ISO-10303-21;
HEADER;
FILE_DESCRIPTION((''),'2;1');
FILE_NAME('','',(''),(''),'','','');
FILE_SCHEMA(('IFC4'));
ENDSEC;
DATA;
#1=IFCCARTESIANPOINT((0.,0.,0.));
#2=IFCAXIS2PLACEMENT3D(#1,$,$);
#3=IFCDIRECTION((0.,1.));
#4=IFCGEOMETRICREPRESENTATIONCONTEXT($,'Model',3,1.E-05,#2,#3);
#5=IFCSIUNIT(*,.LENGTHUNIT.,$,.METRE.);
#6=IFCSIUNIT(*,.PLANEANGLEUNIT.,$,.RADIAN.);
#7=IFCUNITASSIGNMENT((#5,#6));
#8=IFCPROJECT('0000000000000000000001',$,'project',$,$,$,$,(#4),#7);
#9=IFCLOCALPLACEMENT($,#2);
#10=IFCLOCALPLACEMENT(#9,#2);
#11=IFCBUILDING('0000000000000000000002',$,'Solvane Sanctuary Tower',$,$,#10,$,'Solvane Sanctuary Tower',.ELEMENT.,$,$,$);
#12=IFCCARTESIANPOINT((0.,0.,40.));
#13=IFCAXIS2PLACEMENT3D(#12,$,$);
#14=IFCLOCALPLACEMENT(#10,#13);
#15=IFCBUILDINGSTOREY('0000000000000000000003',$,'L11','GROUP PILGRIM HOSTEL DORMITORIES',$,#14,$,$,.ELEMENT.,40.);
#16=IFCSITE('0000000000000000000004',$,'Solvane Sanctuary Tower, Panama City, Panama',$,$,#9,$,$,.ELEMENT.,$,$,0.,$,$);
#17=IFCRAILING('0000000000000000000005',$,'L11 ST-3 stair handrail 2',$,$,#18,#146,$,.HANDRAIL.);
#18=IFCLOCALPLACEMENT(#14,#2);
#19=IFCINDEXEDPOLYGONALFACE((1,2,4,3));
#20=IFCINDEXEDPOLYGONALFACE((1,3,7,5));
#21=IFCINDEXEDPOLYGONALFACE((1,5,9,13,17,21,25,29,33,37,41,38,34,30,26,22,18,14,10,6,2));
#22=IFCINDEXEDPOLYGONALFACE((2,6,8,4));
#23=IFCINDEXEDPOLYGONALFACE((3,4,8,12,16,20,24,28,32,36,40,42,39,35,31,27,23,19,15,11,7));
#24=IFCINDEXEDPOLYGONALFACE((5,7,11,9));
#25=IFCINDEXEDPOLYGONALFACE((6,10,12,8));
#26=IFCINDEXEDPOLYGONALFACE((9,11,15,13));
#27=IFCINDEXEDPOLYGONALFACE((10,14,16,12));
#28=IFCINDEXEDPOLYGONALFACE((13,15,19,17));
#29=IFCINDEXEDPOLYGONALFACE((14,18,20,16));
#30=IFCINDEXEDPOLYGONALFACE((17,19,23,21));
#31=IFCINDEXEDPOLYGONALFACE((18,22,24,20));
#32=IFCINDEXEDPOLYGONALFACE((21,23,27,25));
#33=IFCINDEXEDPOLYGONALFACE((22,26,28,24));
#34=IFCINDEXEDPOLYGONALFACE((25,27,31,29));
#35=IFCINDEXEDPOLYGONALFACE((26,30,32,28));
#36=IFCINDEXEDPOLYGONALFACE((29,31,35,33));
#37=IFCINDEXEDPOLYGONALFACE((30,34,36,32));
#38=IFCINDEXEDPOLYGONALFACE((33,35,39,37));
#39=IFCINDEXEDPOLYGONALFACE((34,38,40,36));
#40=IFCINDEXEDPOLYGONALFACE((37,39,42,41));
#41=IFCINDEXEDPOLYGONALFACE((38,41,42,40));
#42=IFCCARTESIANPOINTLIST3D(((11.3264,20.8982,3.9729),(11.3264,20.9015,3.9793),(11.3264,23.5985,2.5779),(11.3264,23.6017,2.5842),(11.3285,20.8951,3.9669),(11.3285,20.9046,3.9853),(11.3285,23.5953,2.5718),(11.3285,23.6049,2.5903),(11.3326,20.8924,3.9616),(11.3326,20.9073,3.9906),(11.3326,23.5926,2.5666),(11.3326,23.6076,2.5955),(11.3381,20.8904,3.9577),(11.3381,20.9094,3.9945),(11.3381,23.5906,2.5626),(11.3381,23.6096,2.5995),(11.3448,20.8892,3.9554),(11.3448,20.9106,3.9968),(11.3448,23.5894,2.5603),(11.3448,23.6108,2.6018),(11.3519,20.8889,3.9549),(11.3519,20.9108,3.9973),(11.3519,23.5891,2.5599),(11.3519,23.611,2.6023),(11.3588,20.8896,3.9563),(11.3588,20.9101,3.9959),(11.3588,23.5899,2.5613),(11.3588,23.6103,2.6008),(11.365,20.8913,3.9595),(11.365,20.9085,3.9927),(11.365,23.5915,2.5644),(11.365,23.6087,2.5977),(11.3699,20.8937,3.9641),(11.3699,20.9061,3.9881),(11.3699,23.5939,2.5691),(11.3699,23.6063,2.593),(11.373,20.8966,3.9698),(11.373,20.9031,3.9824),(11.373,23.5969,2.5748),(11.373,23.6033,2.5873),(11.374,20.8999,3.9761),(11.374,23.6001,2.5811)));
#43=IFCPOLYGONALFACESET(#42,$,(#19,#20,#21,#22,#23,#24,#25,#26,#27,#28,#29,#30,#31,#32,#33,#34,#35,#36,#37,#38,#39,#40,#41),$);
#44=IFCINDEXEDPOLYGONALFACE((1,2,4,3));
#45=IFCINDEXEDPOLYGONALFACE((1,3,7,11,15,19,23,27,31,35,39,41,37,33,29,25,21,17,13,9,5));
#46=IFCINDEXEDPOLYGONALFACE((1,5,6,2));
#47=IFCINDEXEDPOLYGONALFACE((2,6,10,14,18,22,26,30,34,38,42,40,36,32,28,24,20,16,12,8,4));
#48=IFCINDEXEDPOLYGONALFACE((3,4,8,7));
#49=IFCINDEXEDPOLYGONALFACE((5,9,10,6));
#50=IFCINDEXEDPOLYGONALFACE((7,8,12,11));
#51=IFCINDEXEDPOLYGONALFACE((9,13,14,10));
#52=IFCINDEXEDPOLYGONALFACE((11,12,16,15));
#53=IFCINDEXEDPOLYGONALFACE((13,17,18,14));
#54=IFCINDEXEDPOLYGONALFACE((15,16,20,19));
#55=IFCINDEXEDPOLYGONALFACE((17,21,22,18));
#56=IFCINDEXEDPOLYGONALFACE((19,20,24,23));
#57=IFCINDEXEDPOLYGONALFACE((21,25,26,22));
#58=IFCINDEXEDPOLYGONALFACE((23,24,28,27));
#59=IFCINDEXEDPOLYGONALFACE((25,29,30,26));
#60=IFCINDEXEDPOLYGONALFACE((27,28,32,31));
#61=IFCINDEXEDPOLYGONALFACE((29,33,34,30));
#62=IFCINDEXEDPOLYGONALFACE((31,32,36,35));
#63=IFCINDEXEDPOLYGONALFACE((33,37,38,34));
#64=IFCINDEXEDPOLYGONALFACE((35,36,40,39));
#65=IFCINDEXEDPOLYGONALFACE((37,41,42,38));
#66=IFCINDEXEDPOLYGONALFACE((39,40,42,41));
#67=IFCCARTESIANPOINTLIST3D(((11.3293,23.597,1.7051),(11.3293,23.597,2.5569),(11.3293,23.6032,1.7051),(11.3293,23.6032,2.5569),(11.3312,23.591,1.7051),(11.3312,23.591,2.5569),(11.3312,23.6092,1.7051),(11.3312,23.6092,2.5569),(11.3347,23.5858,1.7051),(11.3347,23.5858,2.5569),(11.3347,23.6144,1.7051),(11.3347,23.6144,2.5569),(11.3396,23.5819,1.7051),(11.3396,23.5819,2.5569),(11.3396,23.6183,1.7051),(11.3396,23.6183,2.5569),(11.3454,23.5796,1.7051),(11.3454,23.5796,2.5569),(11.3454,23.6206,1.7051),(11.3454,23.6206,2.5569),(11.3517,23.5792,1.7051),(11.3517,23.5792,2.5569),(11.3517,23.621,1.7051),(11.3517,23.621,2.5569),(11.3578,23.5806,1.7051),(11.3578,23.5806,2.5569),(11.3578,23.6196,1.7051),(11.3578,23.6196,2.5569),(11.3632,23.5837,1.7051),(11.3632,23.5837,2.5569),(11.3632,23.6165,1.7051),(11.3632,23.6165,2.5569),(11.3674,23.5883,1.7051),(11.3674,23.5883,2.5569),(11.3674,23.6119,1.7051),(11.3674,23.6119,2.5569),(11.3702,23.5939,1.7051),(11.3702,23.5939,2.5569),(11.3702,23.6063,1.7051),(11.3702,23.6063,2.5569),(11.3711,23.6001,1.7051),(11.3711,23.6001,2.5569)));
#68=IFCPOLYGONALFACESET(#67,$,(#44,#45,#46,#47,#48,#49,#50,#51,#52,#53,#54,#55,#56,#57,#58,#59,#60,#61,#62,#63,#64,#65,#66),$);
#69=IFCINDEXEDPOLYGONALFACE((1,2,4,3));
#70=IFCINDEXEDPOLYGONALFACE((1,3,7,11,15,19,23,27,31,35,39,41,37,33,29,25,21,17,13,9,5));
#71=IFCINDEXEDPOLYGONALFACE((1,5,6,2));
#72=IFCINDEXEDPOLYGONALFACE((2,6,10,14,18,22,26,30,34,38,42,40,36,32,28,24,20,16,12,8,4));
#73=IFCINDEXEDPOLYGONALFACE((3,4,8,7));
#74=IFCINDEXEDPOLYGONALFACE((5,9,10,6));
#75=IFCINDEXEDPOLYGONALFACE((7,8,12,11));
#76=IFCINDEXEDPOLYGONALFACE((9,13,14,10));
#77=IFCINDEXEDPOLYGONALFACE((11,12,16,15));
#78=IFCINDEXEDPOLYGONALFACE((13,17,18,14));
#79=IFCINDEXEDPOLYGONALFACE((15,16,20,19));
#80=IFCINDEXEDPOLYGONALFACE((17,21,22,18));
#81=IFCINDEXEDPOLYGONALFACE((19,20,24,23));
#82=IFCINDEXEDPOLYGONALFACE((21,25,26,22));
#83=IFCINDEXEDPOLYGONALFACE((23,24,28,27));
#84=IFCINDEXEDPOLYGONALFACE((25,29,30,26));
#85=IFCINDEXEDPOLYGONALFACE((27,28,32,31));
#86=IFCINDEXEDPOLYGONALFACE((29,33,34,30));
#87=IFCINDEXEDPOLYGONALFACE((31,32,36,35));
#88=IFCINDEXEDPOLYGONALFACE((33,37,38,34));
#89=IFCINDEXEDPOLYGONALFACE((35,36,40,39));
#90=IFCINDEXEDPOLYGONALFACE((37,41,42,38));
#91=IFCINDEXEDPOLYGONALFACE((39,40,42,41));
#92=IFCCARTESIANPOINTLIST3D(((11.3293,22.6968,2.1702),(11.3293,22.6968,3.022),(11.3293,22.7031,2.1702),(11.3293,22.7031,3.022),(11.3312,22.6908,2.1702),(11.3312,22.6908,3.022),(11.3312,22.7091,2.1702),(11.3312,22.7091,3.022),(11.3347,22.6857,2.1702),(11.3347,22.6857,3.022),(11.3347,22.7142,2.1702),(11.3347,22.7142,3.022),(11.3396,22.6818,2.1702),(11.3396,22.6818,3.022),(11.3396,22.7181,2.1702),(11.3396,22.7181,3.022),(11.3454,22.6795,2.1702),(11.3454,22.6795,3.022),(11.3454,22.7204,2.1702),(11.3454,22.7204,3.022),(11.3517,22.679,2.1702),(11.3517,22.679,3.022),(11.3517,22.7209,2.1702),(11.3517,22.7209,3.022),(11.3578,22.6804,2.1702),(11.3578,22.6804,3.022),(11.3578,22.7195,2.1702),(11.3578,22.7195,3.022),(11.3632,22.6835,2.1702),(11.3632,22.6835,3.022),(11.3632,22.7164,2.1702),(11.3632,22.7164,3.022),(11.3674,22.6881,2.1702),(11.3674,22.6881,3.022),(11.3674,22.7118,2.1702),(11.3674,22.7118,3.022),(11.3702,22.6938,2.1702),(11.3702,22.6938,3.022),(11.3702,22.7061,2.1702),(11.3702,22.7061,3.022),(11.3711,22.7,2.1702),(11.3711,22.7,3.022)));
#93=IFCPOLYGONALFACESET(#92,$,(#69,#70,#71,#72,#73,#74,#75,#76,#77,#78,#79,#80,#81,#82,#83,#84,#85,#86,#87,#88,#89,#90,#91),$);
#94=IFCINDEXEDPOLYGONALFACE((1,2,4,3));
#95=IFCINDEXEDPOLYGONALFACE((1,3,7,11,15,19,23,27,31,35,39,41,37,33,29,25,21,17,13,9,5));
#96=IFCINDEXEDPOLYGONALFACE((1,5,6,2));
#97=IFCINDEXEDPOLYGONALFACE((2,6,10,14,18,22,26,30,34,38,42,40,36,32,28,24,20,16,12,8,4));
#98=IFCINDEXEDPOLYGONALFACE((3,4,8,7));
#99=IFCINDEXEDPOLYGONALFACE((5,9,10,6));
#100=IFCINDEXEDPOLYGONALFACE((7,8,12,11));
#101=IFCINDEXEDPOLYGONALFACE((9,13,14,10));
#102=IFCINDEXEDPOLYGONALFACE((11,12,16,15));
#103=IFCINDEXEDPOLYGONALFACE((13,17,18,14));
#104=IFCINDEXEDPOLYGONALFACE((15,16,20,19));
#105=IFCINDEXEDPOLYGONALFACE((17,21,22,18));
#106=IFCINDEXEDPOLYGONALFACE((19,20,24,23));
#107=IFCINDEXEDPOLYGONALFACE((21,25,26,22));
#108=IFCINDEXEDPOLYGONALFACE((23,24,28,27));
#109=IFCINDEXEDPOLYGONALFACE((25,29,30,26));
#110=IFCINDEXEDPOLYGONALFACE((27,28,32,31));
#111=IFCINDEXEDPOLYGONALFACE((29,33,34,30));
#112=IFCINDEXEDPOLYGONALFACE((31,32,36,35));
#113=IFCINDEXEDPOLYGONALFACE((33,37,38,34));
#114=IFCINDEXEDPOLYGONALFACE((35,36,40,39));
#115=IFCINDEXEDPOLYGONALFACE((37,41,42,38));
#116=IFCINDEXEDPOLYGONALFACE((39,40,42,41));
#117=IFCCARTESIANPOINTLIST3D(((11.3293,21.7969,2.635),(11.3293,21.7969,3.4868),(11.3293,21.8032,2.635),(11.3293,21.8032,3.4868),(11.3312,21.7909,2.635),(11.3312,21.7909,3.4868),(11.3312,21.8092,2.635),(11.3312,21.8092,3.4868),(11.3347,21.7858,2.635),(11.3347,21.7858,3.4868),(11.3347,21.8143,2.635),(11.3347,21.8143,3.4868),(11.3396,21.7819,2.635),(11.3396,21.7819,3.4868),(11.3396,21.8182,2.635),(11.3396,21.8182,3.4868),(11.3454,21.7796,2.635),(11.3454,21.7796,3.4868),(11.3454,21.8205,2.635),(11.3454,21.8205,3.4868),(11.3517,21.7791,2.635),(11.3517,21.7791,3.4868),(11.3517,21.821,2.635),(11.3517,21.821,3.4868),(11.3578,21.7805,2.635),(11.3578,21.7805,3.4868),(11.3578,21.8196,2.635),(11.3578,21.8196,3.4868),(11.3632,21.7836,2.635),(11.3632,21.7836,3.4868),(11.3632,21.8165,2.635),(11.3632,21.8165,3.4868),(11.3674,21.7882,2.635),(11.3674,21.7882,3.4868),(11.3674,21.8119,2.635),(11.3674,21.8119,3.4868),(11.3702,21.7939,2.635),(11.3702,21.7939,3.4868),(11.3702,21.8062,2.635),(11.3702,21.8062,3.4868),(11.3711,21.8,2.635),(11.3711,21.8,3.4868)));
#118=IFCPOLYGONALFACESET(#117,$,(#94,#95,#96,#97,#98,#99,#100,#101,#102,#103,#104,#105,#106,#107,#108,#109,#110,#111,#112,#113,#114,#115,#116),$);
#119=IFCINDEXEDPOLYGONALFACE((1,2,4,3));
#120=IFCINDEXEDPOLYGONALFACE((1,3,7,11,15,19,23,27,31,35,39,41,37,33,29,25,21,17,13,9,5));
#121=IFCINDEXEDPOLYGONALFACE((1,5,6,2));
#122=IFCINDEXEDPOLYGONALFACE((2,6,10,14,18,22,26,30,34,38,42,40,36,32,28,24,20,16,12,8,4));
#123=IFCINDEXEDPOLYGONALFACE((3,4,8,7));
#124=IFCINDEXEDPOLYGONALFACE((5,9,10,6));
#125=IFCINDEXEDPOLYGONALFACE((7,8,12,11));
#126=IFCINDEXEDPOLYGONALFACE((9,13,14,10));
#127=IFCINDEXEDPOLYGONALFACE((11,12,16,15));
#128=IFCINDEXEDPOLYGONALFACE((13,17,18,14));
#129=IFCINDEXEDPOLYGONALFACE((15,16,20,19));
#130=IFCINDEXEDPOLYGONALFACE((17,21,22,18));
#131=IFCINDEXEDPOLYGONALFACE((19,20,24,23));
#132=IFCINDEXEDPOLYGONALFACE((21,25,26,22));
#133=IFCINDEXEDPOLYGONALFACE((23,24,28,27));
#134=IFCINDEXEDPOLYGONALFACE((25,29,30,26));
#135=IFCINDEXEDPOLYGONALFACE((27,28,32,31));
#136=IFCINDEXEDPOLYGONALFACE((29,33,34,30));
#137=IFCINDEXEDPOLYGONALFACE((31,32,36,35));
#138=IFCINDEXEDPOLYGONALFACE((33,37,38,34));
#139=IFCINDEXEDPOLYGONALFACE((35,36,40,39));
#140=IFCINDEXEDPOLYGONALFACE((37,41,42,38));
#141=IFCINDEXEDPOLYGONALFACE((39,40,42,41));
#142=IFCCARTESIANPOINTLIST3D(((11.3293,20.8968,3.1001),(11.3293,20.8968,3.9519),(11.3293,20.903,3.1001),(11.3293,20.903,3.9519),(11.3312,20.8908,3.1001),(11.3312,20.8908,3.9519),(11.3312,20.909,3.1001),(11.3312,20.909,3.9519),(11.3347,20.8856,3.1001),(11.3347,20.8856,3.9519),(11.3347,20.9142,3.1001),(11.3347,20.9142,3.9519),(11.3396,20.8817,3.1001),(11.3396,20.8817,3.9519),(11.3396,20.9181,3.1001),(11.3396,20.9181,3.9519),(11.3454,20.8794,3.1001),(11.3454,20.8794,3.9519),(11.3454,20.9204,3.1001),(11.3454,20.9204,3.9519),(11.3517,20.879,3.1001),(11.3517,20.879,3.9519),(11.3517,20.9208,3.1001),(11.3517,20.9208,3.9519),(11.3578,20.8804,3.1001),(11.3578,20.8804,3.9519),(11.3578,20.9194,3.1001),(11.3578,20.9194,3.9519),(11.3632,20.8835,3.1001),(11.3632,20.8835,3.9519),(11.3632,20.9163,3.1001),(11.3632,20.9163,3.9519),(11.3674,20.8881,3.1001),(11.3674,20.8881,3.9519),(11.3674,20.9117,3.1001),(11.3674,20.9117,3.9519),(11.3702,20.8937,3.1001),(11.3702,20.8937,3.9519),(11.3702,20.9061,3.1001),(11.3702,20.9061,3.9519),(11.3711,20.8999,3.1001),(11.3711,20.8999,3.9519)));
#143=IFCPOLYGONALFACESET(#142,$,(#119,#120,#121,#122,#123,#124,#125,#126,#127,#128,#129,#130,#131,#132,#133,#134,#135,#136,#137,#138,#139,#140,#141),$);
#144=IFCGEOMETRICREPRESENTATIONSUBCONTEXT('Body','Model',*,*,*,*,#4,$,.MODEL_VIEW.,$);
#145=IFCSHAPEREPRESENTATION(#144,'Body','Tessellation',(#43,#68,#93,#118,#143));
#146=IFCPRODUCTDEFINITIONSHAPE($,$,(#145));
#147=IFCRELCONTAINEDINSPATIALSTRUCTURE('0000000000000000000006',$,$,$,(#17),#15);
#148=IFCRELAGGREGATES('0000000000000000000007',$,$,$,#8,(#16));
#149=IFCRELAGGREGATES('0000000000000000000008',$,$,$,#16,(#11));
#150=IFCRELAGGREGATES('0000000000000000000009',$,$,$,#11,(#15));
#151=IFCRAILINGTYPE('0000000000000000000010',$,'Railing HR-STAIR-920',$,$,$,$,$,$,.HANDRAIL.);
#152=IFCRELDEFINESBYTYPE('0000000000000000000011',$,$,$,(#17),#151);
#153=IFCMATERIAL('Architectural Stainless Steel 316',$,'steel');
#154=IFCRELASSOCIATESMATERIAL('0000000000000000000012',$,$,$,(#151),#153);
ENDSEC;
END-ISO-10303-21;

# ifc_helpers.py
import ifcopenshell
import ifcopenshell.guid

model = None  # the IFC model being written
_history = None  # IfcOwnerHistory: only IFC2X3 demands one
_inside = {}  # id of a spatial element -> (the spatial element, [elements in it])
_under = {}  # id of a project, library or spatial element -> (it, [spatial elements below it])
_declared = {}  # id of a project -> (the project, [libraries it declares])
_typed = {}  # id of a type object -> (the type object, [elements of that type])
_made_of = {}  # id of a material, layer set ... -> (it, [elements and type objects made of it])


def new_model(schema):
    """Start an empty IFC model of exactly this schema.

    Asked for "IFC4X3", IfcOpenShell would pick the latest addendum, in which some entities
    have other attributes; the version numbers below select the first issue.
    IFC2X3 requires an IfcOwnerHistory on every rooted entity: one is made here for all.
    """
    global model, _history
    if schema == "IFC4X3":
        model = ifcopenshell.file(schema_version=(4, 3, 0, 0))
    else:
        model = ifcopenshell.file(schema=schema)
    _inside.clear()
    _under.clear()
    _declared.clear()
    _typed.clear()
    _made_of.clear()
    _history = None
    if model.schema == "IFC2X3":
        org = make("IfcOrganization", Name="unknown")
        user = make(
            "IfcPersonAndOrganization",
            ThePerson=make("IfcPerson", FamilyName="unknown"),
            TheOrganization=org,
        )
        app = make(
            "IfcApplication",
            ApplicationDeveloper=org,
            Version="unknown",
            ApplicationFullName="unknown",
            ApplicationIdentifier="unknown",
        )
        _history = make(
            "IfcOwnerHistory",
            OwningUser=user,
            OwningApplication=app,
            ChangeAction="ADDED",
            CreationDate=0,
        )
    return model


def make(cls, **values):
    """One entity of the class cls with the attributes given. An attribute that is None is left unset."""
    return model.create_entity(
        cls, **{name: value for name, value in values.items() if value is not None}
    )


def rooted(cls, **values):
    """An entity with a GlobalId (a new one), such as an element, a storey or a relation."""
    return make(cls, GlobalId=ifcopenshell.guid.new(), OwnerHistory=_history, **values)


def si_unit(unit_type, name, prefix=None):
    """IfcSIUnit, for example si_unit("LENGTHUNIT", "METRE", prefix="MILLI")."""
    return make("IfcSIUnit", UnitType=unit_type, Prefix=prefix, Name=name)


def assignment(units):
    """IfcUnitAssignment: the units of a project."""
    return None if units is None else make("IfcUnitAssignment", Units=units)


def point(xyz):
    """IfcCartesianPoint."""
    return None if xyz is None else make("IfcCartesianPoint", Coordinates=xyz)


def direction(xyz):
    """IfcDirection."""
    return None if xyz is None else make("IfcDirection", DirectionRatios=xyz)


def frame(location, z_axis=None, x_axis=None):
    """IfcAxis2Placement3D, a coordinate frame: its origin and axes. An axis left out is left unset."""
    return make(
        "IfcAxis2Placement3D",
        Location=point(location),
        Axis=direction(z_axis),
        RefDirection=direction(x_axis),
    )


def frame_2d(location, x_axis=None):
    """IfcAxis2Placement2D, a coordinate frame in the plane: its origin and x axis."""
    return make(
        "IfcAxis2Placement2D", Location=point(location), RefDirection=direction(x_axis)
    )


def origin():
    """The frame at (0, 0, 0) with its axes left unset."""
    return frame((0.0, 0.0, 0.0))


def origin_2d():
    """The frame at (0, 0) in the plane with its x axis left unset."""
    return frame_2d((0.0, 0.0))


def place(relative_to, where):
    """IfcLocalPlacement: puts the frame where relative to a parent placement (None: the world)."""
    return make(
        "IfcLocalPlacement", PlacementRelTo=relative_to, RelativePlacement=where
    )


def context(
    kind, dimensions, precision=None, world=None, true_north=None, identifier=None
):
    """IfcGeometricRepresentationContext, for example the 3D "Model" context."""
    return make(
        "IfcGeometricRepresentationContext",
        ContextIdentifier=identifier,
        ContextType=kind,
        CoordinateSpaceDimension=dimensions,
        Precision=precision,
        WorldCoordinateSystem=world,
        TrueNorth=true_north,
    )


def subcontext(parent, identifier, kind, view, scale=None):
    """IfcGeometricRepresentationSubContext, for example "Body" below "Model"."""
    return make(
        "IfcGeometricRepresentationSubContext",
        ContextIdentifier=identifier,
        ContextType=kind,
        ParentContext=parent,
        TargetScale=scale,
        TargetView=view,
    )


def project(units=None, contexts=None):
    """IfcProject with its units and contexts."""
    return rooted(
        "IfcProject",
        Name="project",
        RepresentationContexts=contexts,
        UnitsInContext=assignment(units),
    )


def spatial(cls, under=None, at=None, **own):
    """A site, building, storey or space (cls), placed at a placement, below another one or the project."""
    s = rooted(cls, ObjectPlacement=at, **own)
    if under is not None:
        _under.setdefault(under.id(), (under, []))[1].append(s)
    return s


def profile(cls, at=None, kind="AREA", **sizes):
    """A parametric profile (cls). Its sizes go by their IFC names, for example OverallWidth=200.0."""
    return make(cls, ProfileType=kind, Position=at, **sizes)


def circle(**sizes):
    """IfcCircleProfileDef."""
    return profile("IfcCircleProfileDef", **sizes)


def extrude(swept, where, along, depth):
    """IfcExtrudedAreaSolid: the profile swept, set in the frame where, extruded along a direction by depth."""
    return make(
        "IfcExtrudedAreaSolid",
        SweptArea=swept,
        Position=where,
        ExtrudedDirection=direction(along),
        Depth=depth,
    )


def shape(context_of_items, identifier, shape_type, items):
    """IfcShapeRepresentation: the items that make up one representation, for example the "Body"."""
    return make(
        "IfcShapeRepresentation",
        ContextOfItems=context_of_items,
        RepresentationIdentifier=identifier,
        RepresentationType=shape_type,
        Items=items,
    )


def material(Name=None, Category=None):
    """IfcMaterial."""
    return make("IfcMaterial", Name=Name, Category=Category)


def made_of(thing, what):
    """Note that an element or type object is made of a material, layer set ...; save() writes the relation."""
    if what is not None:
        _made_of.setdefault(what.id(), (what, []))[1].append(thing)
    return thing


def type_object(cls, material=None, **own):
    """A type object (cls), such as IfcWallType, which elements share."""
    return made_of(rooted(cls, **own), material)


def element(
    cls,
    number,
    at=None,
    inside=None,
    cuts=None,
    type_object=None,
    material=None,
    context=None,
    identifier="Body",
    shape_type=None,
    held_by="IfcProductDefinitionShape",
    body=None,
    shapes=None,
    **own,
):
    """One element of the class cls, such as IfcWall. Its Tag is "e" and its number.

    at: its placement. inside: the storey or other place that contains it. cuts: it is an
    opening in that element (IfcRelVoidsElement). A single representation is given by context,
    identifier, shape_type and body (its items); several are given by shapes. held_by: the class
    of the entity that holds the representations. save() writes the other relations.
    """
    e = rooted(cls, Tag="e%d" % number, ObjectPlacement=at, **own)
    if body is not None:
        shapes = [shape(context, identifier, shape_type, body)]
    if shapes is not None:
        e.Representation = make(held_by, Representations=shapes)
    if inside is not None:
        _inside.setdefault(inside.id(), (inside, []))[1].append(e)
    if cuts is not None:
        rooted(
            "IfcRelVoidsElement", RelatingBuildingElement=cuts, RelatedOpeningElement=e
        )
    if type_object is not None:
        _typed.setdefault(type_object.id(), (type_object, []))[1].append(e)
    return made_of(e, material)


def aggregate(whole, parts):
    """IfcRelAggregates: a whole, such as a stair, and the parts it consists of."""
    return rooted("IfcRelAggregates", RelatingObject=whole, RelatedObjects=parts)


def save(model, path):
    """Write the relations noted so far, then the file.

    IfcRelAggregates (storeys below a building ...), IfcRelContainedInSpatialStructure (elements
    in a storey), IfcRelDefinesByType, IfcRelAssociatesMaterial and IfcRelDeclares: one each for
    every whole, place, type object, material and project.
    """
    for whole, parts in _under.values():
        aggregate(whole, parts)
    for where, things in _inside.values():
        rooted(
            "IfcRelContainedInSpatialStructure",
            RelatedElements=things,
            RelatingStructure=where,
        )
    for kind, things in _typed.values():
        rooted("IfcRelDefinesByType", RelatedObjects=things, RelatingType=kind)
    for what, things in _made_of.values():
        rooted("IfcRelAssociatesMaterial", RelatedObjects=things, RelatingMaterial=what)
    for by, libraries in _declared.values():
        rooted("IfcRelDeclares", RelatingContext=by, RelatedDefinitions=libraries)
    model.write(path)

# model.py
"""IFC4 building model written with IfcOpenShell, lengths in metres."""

from ifc_helpers import new_model, si_unit, direction, frame, origin, origin_2d, place, context, subcontext, project, spatial, circle, extrude, material, type_object, element, save


model = new_model("IFC4")

# Units and contexts
model_context = context("Model", 3, precision=1e-05, world=origin(), true_north=direction((0.0, 1.0)))
body_context = subcontext(model_context, "Body", "Model", "MODEL_VIEW")
ifc_project = project(units=[si_unit("LENGTHUNIT", "METRE"), si_unit("PLANEANGLEUNIT", "RADIAN")], contexts=[model_context])

# Site, building, storey
site_placement = place(None, origin())
site = spatial("IfcSite", under=ifc_project, at=site_placement, Name="Solvane Sanctuary Tower, Panama City, Panama", CompositionType="ELEMENT", RefElevation=0.0)
building_placement = place(site_placement, origin())
building = spatial("IfcBuilding", under=site, at=building_placement, Name="Solvane Sanctuary Tower", LongName="Solvane Sanctuary Tower", CompositionType="ELEMENT")
storey_placement = place(building_placement, frame((0.0, 0.0, 40.0)))
storey = spatial("IfcBuildingStorey", under=building, at=storey_placement, Name="L11", Description="GROUP PILGRIM HOSTEL DORMITORIES", CompositionType="ELEMENT", Elevation=40.0)

# Railing
ifc_material_1 = material(Name="Architectural Stainless Steel 316", Category="steel")
railing_type_1 = type_object("IfcRailingType", Name="Railing HR-STAIR-920", PredefinedType="HANDRAIL", material=ifc_material_1)
railing_1_placement = place(storey_placement, frame((11.3501, 23.6001, 1.7051)))
element("IfcRailing", 1, at=railing_1_placement, inside=storey, type_object=railing_type_1, Name="L11 ST-3 stair handrail 2", PredefinedType="HANDRAIL", context=body_context, shape_type="SweptSolid", body=[
    extrude(circle(Radius=0.0239, at=origin_2d()), frame((0.0, 0.0, 0.876), z_axis=(0.0, -0.888437, 0.458999), x_axis=(1.0, 0.0, 0.0)), (0.0, 0.0, 1.0), 3.0393),
    extrude(circle(Radius=0.021, at=origin_2d()), origin(), (0.0, 0.0, 1.0), 0.8518),
    extrude(circle(Radius=0.021, at=origin_2d()), frame((0.0, -0.9001, 0.4651)), (0.0, 0.0, 1.0), 0.8518),
    extrude(circle(Radius=0.021, at=origin_2d()), frame((0.0, -1.8, 0.9299)), (0.0, 0.0, 1.0), 0.8518),
    extrude(circle(Radius=0.021, at=origin_2d()), frame((0.0, -2.7002, 1.395)), (0.0, 0.0, 1.0), 0.8518),
])

save(model, "model.ifc")
